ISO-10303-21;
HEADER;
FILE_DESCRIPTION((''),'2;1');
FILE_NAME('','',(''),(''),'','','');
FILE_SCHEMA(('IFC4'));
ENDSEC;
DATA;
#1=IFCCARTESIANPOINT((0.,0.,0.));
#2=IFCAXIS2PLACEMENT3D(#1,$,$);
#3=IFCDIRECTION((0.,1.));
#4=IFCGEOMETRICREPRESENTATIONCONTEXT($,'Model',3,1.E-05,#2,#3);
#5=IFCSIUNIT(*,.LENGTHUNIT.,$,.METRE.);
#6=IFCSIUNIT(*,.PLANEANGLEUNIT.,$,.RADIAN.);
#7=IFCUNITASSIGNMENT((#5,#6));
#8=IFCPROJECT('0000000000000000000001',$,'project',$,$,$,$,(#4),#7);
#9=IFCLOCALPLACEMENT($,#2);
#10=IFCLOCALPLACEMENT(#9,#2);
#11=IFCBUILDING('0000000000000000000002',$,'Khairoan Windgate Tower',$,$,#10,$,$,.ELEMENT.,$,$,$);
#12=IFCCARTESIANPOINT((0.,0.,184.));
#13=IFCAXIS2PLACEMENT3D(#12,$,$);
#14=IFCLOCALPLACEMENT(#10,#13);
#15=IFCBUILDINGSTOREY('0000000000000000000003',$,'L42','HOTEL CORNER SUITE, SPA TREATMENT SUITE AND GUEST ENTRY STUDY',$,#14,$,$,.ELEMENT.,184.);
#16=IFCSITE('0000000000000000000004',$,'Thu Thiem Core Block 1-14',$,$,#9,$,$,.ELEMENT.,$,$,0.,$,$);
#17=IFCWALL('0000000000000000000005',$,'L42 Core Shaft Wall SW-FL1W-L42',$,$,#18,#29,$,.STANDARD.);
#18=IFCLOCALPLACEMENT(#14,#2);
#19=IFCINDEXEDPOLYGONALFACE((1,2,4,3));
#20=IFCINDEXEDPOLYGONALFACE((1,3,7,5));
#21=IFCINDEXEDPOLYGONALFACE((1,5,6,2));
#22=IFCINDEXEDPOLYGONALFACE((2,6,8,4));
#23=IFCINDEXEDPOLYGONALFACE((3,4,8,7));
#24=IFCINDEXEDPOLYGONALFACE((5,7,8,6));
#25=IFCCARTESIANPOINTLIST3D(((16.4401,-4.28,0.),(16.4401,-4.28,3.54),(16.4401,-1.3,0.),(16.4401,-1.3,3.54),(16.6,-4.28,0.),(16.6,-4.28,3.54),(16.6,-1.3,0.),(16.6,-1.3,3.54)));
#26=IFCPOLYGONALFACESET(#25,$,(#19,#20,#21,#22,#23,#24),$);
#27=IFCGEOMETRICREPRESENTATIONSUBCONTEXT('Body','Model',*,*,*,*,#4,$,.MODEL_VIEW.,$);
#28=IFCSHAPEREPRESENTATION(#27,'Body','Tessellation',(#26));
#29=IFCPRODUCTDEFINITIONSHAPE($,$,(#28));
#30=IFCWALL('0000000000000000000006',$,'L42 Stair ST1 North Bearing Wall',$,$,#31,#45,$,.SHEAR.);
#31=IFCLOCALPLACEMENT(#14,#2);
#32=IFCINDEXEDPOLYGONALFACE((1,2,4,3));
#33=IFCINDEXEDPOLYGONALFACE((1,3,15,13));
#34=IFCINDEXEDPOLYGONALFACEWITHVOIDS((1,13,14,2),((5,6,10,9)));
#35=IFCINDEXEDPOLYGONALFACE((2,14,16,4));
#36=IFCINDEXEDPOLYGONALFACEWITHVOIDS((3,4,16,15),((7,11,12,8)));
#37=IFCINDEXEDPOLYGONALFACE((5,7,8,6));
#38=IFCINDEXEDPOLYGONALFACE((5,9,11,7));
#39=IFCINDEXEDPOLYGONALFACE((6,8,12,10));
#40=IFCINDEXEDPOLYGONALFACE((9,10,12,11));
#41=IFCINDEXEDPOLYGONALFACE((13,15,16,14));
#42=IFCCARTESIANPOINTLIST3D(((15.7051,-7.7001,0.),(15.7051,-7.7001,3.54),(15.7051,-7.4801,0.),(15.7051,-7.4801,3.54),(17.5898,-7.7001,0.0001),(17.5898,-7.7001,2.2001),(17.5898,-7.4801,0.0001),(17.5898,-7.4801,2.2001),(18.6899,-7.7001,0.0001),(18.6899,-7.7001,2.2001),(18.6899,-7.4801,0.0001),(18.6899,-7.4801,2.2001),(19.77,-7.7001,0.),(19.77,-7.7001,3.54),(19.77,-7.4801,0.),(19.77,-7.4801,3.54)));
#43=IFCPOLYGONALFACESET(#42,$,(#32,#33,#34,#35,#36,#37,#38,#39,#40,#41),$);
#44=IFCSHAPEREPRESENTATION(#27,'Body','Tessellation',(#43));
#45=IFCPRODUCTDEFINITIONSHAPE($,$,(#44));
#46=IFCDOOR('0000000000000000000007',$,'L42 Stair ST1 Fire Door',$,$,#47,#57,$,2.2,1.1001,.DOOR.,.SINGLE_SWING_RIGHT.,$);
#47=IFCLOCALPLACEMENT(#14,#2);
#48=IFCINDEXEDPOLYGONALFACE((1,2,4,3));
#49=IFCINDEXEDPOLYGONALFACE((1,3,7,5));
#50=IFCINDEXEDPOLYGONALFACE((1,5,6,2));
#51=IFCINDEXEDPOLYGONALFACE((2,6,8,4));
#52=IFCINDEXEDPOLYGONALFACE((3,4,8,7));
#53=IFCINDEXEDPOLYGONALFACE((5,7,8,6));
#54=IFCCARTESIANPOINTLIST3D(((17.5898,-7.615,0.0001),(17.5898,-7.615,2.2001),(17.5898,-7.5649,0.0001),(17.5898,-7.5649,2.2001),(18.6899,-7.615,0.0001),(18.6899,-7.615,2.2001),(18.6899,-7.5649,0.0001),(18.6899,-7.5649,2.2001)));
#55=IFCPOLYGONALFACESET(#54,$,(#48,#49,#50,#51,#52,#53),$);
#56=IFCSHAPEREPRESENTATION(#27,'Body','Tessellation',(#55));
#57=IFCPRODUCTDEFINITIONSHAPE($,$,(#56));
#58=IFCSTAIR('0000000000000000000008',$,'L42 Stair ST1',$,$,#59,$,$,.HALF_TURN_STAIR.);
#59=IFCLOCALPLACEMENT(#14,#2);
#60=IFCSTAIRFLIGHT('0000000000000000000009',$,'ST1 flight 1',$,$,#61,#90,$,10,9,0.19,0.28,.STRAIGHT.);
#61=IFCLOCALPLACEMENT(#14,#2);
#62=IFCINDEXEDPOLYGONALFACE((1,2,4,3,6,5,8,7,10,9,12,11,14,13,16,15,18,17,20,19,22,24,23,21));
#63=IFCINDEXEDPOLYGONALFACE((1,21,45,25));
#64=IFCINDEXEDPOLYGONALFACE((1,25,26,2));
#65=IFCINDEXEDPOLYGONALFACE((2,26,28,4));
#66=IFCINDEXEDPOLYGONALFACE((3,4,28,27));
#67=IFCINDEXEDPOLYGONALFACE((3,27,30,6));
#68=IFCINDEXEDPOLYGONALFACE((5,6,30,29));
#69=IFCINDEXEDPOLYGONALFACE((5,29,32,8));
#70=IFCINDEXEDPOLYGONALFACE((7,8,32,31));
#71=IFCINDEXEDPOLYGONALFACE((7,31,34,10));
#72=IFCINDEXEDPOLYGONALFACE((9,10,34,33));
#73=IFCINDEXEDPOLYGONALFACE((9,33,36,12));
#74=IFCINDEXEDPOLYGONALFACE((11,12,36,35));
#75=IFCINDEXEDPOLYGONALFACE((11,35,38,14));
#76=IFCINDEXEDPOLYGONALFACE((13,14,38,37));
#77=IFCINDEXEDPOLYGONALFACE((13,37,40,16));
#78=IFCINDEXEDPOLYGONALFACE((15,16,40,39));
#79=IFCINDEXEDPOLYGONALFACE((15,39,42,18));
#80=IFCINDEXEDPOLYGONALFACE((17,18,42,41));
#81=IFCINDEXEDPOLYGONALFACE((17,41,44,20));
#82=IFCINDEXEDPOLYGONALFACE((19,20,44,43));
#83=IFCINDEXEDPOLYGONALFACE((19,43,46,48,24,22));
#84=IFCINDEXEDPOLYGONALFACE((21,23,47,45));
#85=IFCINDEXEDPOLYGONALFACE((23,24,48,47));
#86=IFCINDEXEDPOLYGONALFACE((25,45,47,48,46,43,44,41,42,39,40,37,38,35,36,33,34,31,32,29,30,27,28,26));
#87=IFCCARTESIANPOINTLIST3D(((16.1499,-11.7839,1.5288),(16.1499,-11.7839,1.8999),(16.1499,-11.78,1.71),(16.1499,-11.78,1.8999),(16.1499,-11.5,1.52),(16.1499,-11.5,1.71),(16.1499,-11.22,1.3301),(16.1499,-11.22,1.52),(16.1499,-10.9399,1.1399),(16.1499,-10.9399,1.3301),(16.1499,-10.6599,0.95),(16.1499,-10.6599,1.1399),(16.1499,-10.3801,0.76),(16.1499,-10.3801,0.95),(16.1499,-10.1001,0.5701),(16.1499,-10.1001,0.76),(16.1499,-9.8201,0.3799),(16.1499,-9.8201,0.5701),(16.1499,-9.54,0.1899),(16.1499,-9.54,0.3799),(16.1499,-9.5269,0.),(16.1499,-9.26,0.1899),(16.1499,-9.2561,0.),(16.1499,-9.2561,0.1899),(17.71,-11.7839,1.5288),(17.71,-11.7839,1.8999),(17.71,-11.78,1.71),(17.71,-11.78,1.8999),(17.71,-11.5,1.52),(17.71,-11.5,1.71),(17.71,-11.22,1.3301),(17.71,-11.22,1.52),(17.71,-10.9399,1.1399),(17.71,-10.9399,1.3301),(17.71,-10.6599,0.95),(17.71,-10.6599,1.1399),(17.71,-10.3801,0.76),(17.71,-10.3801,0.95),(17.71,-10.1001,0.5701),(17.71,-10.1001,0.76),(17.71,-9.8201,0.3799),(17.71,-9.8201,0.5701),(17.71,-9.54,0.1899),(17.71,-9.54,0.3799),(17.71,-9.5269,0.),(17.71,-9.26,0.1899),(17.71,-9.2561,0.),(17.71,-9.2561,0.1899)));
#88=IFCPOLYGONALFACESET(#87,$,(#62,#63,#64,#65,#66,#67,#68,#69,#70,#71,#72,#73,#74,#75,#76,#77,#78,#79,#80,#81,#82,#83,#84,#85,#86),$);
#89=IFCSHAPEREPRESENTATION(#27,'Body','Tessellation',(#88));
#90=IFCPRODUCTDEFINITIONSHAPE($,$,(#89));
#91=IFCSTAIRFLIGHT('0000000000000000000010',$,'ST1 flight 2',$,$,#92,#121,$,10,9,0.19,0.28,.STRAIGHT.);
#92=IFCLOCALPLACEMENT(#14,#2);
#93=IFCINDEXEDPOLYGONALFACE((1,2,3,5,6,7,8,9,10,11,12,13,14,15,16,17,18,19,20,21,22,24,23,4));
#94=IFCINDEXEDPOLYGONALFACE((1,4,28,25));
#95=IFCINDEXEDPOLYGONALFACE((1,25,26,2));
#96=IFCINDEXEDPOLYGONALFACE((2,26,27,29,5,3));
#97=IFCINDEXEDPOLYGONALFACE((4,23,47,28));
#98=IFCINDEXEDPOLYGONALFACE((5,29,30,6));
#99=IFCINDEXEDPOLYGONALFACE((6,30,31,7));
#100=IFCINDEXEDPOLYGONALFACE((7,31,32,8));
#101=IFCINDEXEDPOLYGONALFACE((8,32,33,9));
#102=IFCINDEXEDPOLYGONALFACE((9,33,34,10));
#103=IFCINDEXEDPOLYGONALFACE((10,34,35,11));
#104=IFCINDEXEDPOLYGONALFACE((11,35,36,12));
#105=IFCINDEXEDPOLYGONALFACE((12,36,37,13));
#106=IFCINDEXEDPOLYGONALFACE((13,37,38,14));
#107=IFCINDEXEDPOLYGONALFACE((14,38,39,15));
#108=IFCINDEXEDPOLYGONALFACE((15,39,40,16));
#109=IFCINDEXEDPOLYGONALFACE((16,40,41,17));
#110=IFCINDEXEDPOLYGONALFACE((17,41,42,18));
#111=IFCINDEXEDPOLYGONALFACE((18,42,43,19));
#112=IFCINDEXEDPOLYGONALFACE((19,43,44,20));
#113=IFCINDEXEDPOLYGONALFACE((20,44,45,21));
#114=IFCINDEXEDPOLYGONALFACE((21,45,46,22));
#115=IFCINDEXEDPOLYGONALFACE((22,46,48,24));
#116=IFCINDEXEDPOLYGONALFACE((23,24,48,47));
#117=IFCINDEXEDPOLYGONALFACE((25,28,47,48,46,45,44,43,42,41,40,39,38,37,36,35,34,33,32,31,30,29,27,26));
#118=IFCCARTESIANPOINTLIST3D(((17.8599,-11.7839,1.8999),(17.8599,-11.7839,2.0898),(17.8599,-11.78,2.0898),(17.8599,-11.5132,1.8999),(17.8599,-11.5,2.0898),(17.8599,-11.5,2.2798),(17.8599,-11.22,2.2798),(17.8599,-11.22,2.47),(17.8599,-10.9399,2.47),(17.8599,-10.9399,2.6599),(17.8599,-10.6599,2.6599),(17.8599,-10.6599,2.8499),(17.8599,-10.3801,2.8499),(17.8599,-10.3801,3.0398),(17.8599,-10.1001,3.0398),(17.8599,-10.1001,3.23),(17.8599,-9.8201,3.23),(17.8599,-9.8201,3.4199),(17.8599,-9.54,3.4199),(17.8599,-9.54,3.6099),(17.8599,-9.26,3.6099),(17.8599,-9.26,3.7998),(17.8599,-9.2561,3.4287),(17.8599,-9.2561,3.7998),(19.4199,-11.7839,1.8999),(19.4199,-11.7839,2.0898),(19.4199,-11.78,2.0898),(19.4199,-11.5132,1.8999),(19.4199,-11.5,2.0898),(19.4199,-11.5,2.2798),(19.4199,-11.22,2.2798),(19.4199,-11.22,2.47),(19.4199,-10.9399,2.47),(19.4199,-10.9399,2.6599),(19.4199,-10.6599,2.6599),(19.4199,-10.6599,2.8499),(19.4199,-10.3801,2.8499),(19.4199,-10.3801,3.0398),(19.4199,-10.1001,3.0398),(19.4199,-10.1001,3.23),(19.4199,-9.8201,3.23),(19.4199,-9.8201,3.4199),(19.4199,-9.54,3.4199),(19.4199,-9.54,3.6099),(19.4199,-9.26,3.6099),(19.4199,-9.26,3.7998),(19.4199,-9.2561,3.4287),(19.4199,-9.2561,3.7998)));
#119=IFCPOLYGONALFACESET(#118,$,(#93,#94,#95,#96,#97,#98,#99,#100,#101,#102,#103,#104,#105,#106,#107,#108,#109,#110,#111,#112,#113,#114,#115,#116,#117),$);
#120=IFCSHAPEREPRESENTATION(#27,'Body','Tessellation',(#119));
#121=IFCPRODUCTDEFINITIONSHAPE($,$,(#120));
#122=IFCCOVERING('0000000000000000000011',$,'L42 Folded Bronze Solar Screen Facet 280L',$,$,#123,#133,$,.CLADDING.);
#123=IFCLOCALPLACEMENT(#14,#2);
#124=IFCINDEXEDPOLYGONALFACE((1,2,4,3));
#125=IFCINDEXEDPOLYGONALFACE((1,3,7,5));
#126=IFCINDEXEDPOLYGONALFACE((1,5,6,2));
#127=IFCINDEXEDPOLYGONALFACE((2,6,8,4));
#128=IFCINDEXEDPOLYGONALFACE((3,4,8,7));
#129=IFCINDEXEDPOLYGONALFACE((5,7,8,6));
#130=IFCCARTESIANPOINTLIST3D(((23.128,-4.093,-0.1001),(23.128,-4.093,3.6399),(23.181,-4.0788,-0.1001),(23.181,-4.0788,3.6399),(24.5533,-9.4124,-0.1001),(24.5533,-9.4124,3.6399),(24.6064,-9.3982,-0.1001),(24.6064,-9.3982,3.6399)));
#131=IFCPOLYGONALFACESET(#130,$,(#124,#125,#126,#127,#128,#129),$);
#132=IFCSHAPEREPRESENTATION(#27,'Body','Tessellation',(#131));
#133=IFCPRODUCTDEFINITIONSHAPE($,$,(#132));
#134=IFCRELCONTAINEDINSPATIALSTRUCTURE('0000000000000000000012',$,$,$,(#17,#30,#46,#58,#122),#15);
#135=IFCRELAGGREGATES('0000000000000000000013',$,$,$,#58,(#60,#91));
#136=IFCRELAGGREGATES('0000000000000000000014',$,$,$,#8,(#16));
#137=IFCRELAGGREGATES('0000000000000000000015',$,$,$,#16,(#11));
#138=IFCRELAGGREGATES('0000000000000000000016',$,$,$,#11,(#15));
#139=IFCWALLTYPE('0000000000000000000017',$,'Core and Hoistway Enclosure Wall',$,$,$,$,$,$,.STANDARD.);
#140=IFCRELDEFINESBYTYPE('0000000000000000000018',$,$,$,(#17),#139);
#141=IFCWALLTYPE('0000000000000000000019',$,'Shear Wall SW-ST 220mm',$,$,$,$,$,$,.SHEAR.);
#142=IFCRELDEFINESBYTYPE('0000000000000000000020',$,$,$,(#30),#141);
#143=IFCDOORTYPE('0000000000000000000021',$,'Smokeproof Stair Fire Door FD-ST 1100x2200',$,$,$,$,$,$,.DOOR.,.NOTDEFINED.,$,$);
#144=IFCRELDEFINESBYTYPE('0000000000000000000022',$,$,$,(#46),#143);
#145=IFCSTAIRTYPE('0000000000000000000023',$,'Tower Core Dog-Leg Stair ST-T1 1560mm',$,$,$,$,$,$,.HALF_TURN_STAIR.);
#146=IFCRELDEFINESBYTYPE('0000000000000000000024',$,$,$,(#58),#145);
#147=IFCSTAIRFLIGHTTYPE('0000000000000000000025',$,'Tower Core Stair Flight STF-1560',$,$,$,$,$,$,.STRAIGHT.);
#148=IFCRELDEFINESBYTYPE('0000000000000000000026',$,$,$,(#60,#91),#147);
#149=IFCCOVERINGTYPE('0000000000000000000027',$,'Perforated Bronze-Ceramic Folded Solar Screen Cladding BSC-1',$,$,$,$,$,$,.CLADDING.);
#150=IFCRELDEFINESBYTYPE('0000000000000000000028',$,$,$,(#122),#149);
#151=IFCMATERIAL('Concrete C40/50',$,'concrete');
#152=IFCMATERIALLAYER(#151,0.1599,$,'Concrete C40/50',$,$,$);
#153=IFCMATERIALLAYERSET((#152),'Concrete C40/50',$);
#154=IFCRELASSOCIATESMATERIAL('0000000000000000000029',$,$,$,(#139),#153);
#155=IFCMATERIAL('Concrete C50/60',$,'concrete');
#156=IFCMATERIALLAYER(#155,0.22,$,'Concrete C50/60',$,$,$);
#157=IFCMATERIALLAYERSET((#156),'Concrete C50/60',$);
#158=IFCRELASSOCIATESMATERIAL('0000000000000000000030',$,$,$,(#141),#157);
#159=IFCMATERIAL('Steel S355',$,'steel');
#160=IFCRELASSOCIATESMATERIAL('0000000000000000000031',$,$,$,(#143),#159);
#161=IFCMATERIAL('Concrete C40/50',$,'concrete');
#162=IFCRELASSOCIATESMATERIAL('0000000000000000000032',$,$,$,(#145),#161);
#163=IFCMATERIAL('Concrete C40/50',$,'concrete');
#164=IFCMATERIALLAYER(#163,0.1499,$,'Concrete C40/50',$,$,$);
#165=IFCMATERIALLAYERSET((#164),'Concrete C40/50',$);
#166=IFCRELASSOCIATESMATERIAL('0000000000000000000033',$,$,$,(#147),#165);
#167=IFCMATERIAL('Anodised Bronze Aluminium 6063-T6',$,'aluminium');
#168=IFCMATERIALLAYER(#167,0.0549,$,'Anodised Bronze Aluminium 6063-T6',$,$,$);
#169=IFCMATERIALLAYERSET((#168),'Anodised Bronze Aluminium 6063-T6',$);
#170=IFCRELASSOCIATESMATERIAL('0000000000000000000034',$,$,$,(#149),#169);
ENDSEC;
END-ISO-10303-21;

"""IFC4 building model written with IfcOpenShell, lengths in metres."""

from ifc_helpers import new_model, si_unit, direction, frame, frame_2d, origin, origin_2d, place, context, subcontext, project, spatial, polyline, rectangle, outline, extrude, material, layer, layer_set, type_object, element, fill, aggregate, save


model = new_model("IFC4")

# Units and contexts
model_context = context("Model", 3, precision=1e-05, world=origin(), true_north=direction((0.0, 1.0)))
body_context = subcontext(model_context, "Body", "Model", "MODEL_VIEW")
ifc_project = project(units=[si_unit("LENGTHUNIT", "METRE"), si_unit("PLANEANGLEUNIT", "RADIAN")], contexts=[model_context])

# Site, building, storey
site_placement = place(None, origin())
site = spatial("IfcSite", under=ifc_project, at=site_placement, Name="Thu Thiem Core Block 1-14", CompositionType="ELEMENT", RefElevation=0.0)
building_placement = place(site_placement, origin())
building = spatial("IfcBuilding", under=site, at=building_placement, Name="Khairoan Windgate Tower", CompositionType="ELEMENT")
storey_placement = place(building_placement, frame((0.0, 0.0, 184.0)))
storey = spatial("IfcBuildingStorey", under=building, at=storey_placement, Name="L42", Description="HOTEL CORNER SUITE, SPA TREATMENT SUITE AND GUEST ENTRY STUDY", CompositionType="ELEMENT", Elevation=184.0)

# Shared definitions
ifc_material_1 = material(Name="Concrete C40/50", Category="concrete")
ifc_layer_1 = layer(ifc_material_1, 0.1599, Name="Concrete C40/50")
ifc_layer_set_1 = layer_set([ifc_layer_1], Name="Concrete C40/50")
wall_type_1 = type_object("IfcWallType", Name="Core and Hoistway Enclosure Wall", PredefinedType="STANDARD", material=ifc_layer_set_1)

# Wall
wall_1_placement = place(storey_placement, frame((16.52, -4.28, 0.0), z_axis=(0.0, 0.0, 1.0), x_axis=(0.0, 1.0, 0.0)))
element("IfcWall", 1, at=wall_1_placement, inside=storey, type_object=wall_type_1, Name="L42 Core Shaft Wall SW-FL1W-L42", PredefinedType="STANDARD", context=body_context, shape_type="SweptSolid", body=[
    extrude(rectangle(XDim=2.98, YDim=0.1599, at=frame_2d((1.49, 0.0))), origin(), (0.0, 0.0, 1.0), 3.54),
])

# Wall, opening, door
ifc_material_2 = material(Name="Concrete C50/60", Category="concrete")
ifc_layer_2 = layer(ifc_material_2, 0.22, Name="Concrete C50/60")
ifc_layer_set_2 = layer_set([ifc_layer_2], Name="Concrete C50/60")
wall_type_2 = type_object("IfcWallType", Name="Shear Wall SW-ST 220mm", PredefinedType="SHEAR", material=ifc_layer_set_2)
wall_2_placement = place(storey_placement, frame((19.77, -7.5901, 0.0), z_axis=(0.0, 0.0, 1.0), x_axis=(-1.0, 0.0, 0.0)))
wall_2 = element("IfcWall", 2, at=wall_2_placement, inside=storey, type_object=wall_type_2, Name="L42 Stair ST1 North Bearing Wall", PredefinedType="SHEAR", context=body_context, shape_type="SweptSolid", body=[
    extrude(rectangle(XDim=4.0649, YDim=0.22, at=frame_2d((2.0325, 0.0))), origin(), (0.0, 0.0, 1.0), 3.54),
])
opening_1_placement = place(wall_2_placement, frame((1.0801, 0.0, 0.0)))
opening_1 = element("IfcOpeningElement", 3, at=opening_1_placement, cuts=wall_2, PredefinedType="OPENING", context=body_context, shape_type="SweptSolid", body=[
    extrude(rectangle(XDim=1.1001, YDim=2.2, at=frame_2d((0.55, 1.1001))), frame((0.0, 0.1199, 0.0), z_axis=(0.0, -1.0, 0.0), x_axis=(1.0, 0.0, 0.0)), (0.0, 0.0, 1.0), 0.24),
])
ifc_material_3 = material(Name="Steel S355", Category="steel")
door_type_1 = type_object("IfcDoorType", Name="Smokeproof Stair Fire Door FD-ST 1100x2200", OperationType="NOTDEFINED", PredefinedType="DOOR", material=ifc_material_3)
door_1_placement = place(opening_1_placement, origin())
door_1 = element("IfcDoor", 4, at=door_1_placement, inside=storey, type_object=door_type_1, Name="L42 Stair ST1 Fire Door", OperationType="SINGLE_SWING_RIGHT", OverallHeight=2.2, OverallWidth=1.1001, PredefinedType="DOOR", context=body_context, shape_type="SweptSolid", body=[
    extrude(rectangle(XDim=1.1001, YDim=2.2, at=frame_2d((0.55, 1.1001))), frame((0.0, 0.0249, 0.0), z_axis=(0.0, -1.0, 0.0), x_axis=(1.0, 0.0, 0.0)), (0.0, 0.0, 1.0), 0.05),
])
fill(opening_1, door_1)

# Stair, stair flights
ifc_material_4 = material(Name="Concrete C40/50", Category="concrete")
stair_type = type_object("IfcStairType", Name="Tower Core Dog-Leg Stair ST-T1 1560mm", PredefinedType="HALF_TURN_STAIR", material=ifc_material_4)
stair_placement = place(storey_placement, origin())
stair = element("IfcStair", 5, at=stair_placement, inside=storey, type_object=stair_type, Name="L42 Stair ST1", PredefinedType="HALF_TURN_STAIR")
ifc_material_5 = material(Name="Concrete C40/50", Category="concrete")
ifc_layer_3 = layer(ifc_material_5, 0.1499, Name="Concrete C40/50")
ifc_layer_set_3 = layer_set([ifc_layer_3], Name="Concrete C40/50")
stair_flight_type = type_object("IfcStairFlightType", Name="Tower Core Stair Flight STF-1560", PredefinedType="STRAIGHT", material=ifc_layer_set_3)
stair_flight_1_placement = place(storey_placement, frame((16.9299, -9.26, 0.0), z_axis=(0.0, 0.0, 1.0), x_axis=(0.0, -1.0, 0.0)))
stair_flight_1 = element("IfcStairFlight", 6, at=stair_flight_1_placement, type_object=stair_flight_type, Name="ST1 flight 1", NumberOfRisers=10, NumberOfTreads=9, PredefinedType="STRAIGHT", RiserHeight=0.19, TreadLength=0.28, context=body_context, shape_type="SweptSolid", body=[
    extrude(outline(polyline([(-0.0039, 0.0), (-0.0039, 0.1899), (0.0, 0.1899), (0.28, 0.1899), (0.28, 0.3799), (0.5601, 0.3799), (0.5601, 0.5701), (0.8401, 0.5701), (0.8401, 0.76), (1.1201, 0.76), (1.1201, 0.95), (1.3999, 0.95), (1.3999, 1.1399), (1.6799, 1.1399), (1.6799, 1.3301), (1.96, 1.3301), (1.96, 1.52), (2.24, 1.52), (2.24, 1.71), (2.52, 1.71), (2.52, 1.8999), (2.5239, 1.8999), (2.5239, 1.5288), (0.2668, 0.0), (-0.0039, 0.0)])), frame((0.0, 0.78, 0.0), z_axis=(0.0, -1.0, 0.0), x_axis=(1.0, 0.0, 0.0)), (0.0, 0.0, 1.0), 1.5601),
])
stair_flight_2_placement = place(storey_placement, frame((18.6399, -11.78, 1.8999), z_axis=(0.0, 0.0, 1.0), x_axis=(0.0, 1.0, 0.0)))
stair_flight_2 = element("IfcStairFlight", 7, at=stair_flight_2_placement, type_object=stair_flight_type, Name="ST1 flight 2", NumberOfRisers=10, NumberOfTreads=9, PredefinedType="STRAIGHT", RiserHeight=0.19, TreadLength=0.28, context=body_context, shape_type="SweptSolid", body=[
    extrude(outline(polyline([(-0.0039, 0.0), (-0.0039, 0.1899), (0.0, 0.1899), (0.28, 0.1899), (0.28, 0.3799), (0.5601, 0.3799), (0.5601, 0.5701), (0.8401, 0.5701), (0.8401, 0.76), (1.1201, 0.76), (1.1201, 0.95), (1.3999, 0.95), (1.3999, 1.1399), (1.6799, 1.1399), (1.6799, 1.3301), (1.96, 1.3301), (1.96, 1.52), (2.24, 1.52), (2.24, 1.71), (2.52, 1.71), (2.52, 1.8999), (2.5239, 1.8999), (2.5239, 1.5288), (0.2668, 0.0), (-0.0039, 0.0)])), frame((0.0, 0.78, 0.0), z_axis=(0.0, -1.0, 0.0), x_axis=(1.0, 0.0, 0.0)), (0.0, 0.0, 1.0), 1.5601),
])
aggregate(stair, [stair_flight_1, stair_flight_2])

# Covering
ifc_material_6 = material(Name="Anodised Bronze Aluminium 6063-T6", Category="aluminium")
ifc_layer_4 = layer(ifc_material_6, 0.0549, Name="Anodised Bronze Aluminium 6063-T6")
ifc_layer_set_4 = layer_set([ifc_layer_4], Name="Anodised Bronze Aluminium 6063-T6")
covering_type = type_object("IfcCoveringType", Name="Perforated Bronze-Ceramic Folded Solar Screen Cladding BSC-1", PredefinedType="CLADDING", material=ifc_layer_set_4)
covering_placement = place(storey_placement, frame((23.8672, -6.7456, -0.1001), z_axis=(0.0, 0.0, 1.0), x_axis=(0.258819, -0.965926, 0.0)))
element("IfcCovering", 8, at=covering_placement, inside=storey, type_object=covering_type, Name="L42 Folded Bronze Solar Screen Facet 280L", PredefinedType="CLADDING", context=body_context, shape_type="SweptSolid", body=[
    extrude(rectangle(XDim=5.5071, YDim=0.0549, at=origin_2d()), origin(), (0.0, 0.0, 1.0), 3.74),
])

save(model, "model.ifc")
